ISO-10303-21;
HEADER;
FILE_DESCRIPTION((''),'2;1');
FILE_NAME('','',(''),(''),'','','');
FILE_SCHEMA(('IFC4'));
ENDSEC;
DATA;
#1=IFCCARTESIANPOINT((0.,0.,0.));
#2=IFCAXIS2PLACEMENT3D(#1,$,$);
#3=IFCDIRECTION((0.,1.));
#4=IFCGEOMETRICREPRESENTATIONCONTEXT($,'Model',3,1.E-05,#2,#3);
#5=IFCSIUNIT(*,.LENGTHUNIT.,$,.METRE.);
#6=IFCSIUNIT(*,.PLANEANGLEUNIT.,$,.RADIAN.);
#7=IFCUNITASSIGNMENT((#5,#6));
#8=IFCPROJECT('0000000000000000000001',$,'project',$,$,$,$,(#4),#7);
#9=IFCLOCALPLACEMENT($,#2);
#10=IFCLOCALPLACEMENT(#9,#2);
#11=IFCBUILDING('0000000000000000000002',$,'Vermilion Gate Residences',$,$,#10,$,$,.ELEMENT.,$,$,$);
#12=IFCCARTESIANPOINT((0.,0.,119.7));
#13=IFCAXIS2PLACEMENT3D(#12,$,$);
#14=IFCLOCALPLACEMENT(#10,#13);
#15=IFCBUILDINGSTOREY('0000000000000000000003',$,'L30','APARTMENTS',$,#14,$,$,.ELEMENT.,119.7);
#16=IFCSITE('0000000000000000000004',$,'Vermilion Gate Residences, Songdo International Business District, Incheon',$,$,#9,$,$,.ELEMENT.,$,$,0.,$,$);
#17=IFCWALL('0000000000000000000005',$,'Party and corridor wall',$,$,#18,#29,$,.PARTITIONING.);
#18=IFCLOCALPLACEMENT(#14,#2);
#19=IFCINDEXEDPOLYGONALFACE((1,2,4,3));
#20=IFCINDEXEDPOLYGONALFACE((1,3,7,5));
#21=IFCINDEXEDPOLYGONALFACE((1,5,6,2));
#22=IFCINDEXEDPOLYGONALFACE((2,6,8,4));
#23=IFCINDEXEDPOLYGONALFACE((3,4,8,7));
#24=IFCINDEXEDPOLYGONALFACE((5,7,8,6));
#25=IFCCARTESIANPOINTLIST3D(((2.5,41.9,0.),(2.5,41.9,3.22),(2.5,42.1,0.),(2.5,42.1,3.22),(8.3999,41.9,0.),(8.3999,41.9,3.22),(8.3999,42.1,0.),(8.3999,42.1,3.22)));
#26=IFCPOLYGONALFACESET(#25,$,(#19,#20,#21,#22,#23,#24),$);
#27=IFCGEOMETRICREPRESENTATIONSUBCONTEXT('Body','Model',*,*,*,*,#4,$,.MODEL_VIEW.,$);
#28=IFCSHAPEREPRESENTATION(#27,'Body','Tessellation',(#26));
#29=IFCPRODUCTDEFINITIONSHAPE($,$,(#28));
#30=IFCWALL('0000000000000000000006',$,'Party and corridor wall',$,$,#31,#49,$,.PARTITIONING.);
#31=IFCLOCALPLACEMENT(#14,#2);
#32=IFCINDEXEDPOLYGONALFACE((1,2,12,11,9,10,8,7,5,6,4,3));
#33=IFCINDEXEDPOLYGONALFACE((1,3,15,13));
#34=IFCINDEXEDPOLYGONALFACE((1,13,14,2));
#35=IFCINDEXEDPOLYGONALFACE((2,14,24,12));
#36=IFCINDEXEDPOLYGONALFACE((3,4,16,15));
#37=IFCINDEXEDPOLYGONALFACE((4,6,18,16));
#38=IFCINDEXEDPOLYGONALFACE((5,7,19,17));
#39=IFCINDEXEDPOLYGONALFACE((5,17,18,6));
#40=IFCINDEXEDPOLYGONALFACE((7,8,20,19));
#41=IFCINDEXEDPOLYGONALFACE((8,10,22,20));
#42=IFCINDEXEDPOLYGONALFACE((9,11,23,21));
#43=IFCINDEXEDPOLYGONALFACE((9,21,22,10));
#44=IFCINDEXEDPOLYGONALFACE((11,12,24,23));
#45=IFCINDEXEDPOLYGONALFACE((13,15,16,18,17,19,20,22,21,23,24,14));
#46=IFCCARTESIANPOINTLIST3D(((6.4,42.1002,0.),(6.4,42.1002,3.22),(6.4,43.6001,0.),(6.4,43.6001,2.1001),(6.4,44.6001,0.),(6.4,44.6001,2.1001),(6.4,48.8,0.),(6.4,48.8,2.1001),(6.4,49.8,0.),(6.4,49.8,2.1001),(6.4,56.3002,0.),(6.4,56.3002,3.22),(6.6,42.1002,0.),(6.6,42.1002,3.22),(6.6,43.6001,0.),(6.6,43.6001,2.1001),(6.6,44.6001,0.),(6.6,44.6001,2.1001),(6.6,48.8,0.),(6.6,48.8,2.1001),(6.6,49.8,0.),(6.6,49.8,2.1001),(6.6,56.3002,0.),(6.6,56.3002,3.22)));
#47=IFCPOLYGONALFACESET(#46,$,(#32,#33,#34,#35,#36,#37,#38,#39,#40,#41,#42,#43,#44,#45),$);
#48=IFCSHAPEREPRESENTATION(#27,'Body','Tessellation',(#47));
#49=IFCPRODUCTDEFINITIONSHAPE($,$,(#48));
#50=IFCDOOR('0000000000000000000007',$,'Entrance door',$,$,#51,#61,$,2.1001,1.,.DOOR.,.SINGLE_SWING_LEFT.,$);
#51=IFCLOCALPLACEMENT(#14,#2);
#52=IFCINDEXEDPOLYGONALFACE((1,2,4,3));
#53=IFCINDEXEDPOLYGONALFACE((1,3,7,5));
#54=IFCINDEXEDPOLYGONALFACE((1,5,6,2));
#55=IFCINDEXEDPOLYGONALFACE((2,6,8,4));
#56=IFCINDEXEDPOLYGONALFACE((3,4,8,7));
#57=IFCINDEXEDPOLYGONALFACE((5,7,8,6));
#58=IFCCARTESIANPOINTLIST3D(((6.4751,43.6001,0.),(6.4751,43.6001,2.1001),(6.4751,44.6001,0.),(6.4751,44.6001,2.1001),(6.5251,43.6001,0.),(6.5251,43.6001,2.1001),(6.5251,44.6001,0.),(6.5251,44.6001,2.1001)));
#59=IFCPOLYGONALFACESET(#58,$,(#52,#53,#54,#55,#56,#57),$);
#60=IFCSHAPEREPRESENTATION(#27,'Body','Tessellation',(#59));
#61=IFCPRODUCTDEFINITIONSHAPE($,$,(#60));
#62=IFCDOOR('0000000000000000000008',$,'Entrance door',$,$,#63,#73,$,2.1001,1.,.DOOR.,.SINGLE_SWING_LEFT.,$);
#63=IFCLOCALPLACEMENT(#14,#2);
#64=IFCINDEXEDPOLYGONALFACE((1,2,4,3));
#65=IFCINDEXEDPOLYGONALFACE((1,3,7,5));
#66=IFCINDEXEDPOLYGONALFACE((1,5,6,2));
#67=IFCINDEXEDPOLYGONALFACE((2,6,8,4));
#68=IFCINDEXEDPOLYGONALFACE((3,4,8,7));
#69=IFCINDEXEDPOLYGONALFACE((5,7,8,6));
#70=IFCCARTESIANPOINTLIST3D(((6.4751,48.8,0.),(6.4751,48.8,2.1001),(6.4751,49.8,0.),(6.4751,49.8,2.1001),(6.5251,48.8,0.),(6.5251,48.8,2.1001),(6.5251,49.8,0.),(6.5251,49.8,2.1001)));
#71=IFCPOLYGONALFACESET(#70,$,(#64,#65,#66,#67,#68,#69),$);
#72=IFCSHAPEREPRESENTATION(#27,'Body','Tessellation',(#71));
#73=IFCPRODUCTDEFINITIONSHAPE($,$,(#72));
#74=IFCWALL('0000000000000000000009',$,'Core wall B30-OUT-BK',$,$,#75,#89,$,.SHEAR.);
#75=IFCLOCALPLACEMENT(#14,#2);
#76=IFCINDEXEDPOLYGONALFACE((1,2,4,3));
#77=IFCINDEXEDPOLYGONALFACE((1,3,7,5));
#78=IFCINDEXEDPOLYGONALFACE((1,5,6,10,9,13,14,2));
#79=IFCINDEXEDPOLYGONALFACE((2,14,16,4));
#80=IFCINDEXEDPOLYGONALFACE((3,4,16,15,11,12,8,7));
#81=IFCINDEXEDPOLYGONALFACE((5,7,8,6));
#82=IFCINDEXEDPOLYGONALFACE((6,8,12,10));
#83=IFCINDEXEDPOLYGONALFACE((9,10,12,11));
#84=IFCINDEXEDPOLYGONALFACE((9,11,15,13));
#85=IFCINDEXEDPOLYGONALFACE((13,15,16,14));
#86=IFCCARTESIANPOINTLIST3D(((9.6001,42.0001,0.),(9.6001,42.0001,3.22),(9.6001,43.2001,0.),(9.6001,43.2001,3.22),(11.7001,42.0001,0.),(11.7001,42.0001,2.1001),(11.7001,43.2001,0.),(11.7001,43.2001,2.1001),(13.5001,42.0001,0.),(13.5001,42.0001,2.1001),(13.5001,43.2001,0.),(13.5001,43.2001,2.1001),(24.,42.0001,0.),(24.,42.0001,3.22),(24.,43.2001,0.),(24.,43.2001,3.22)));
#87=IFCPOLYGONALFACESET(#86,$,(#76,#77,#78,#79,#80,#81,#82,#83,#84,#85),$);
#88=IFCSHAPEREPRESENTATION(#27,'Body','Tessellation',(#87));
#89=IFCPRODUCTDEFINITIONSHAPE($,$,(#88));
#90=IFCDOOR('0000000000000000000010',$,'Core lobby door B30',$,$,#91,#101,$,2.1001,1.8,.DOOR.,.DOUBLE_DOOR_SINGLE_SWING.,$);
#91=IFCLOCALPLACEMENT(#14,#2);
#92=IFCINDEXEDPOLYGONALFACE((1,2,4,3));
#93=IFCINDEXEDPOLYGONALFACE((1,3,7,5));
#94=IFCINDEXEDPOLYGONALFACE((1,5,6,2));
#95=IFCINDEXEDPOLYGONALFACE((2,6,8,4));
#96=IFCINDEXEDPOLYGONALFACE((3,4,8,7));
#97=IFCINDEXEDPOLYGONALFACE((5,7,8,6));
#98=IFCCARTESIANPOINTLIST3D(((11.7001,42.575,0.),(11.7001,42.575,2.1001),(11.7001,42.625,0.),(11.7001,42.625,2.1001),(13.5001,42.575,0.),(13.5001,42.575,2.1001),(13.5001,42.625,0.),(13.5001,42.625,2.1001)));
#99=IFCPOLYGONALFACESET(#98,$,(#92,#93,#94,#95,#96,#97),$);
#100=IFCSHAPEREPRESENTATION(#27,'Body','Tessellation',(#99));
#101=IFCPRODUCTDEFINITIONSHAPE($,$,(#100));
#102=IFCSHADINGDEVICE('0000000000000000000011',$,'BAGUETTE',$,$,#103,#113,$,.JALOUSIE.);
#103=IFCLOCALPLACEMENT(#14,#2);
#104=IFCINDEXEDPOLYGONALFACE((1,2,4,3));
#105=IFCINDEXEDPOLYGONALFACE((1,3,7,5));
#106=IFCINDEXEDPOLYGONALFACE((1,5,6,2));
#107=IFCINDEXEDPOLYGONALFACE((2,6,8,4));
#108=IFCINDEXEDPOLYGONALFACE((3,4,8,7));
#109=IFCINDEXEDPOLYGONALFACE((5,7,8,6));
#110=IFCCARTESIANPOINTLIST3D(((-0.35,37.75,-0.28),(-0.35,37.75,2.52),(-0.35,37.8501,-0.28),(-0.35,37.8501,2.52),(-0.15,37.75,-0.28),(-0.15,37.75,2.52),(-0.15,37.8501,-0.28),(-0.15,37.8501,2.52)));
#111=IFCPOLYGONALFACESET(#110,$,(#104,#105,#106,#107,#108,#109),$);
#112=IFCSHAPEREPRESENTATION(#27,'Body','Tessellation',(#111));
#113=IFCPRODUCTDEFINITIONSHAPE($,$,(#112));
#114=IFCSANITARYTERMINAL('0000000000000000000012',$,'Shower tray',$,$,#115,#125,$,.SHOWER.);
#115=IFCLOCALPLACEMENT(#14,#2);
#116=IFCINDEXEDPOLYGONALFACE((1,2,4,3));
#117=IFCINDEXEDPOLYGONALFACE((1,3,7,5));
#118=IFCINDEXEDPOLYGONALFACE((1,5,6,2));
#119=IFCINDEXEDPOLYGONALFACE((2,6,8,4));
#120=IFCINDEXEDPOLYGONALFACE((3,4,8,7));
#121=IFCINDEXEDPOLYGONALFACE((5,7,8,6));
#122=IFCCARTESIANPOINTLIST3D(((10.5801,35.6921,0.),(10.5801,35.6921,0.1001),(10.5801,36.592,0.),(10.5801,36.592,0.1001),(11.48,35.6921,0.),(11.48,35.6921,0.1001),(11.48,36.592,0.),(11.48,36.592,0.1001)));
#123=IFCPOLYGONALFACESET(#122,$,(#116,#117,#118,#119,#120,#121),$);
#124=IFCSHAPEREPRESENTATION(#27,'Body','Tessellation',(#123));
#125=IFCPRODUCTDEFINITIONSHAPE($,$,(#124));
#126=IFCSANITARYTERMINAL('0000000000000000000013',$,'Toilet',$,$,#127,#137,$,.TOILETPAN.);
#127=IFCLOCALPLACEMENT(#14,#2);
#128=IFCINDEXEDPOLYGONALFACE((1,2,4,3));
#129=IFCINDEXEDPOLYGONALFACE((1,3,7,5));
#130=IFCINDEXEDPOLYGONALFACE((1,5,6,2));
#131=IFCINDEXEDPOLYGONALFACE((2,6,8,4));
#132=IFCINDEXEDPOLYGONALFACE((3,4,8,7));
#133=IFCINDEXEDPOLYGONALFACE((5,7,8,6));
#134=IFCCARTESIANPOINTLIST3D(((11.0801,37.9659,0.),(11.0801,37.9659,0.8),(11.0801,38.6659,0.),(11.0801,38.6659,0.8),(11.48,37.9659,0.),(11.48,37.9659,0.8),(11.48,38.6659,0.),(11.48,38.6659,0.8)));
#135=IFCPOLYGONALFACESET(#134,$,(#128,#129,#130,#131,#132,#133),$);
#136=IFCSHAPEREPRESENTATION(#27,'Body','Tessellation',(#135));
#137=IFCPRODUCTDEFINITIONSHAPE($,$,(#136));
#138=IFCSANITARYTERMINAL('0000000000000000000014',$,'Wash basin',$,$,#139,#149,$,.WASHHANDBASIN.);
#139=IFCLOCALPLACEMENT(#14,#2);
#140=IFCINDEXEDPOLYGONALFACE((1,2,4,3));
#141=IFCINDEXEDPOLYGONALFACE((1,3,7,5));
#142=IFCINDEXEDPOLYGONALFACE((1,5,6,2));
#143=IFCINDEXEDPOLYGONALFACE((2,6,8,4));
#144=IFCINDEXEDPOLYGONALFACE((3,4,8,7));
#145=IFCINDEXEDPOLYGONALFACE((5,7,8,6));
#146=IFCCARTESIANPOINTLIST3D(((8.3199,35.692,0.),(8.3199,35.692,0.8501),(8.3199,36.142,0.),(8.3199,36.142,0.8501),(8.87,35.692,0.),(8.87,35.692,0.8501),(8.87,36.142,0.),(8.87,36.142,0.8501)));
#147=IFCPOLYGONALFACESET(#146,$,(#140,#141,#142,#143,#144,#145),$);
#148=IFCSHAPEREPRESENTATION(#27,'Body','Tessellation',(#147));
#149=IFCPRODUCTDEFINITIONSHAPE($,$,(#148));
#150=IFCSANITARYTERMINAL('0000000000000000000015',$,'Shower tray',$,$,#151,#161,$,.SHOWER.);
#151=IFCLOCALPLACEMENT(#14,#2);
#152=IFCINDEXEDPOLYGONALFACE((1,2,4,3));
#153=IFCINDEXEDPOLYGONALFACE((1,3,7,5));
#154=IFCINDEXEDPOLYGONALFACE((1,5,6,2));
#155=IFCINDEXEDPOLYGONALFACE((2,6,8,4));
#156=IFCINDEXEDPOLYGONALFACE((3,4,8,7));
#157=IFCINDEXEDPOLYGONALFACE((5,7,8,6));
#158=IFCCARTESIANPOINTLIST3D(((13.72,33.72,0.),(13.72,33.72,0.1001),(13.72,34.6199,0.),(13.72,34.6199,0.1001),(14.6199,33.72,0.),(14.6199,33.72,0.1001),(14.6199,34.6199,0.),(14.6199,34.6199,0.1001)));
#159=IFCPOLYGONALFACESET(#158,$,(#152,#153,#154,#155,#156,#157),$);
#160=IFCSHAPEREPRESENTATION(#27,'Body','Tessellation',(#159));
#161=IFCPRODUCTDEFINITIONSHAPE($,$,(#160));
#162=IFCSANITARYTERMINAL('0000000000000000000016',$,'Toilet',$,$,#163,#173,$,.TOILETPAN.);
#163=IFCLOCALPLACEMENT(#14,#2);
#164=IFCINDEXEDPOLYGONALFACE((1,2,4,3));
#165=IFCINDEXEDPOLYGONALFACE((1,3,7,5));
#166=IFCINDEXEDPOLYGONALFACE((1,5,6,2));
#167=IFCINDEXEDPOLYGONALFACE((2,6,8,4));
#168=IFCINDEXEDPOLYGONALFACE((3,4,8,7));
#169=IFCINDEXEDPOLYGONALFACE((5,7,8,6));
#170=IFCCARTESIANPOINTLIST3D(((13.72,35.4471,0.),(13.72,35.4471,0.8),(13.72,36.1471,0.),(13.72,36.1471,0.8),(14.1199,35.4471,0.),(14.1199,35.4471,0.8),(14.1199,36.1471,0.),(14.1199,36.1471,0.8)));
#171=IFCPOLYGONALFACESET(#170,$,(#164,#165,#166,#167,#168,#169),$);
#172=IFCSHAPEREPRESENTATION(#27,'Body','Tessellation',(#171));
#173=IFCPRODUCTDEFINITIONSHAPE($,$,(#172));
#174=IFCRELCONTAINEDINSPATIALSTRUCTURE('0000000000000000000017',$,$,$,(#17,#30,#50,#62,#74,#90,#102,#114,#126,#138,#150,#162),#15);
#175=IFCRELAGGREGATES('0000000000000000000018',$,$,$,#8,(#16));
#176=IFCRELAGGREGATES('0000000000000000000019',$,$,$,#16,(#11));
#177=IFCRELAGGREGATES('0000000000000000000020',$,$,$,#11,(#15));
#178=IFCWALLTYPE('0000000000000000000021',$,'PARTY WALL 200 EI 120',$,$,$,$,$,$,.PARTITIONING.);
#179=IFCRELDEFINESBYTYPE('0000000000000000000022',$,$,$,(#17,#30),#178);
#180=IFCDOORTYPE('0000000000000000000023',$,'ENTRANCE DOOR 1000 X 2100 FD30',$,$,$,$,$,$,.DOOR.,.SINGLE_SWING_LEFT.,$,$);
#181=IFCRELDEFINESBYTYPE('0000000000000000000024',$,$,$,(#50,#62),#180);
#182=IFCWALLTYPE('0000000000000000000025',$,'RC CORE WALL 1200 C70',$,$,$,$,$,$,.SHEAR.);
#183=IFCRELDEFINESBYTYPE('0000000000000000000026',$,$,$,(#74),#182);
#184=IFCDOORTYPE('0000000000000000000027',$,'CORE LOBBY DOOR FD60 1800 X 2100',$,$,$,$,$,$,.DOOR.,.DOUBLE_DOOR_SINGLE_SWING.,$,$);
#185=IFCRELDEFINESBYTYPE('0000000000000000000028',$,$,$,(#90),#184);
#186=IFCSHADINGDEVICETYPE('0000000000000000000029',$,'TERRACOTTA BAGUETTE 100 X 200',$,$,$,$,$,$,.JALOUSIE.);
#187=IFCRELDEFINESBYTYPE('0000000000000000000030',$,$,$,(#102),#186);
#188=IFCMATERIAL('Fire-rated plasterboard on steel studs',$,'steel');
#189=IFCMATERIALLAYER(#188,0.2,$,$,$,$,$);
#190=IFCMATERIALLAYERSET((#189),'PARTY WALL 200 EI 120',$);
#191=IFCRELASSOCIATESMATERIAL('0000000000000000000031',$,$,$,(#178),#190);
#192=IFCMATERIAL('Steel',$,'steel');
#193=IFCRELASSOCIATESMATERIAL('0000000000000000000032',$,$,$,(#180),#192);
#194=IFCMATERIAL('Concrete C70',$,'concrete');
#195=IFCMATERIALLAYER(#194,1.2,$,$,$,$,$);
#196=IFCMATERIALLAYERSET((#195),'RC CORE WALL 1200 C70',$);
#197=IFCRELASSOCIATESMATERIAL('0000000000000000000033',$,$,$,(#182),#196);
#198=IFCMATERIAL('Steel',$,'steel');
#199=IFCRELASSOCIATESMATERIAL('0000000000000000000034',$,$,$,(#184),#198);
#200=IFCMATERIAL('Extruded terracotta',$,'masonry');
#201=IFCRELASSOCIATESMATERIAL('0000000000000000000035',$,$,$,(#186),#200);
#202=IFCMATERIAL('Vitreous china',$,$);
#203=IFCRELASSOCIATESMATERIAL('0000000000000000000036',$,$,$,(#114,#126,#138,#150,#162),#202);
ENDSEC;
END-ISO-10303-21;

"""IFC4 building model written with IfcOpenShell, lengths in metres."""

from ifc_helpers import new_model, si_unit, direction, frame, frame_2d, origin, origin_2d, place, context, subcontext, project, spatial, rectangle, extrude, material, layer, layer_set, material_profile, profile_set, type_object, element, fill, save


model = new_model("IFC4")

# Units and contexts
model_context = context("Model", 3, precision=1e-05, world=origin(), true_north=direction((0.0, 1.0)))
body_context = subcontext(model_context, "Body", "Model", "MODEL_VIEW")
ifc_project = project(units=[si_unit("LENGTHUNIT", "METRE"), si_unit("PLANEANGLEUNIT", "RADIAN")], contexts=[model_context])

# Site, building, storey
site_placement = place(None, origin())
site = spatial("IfcSite", under=ifc_project, at=site_placement, Name="Vermilion Gate Residences, Songdo International Business District, Incheon", CompositionType="ELEMENT", RefElevation=0.0)
building_placement = place(site_placement, origin())
building = spatial("IfcBuilding", under=site, at=building_placement, Name="Vermilion Gate Residences", CompositionType="ELEMENT")
storey_placement = place(building_placement, frame((0.0, 0.0, 119.7)))
storey = spatial("IfcBuildingStorey", under=building, at=storey_placement, Name="L30", Description="APARTMENTS", CompositionType="ELEMENT", Elevation=119.7)

# Wall
ifc_material_1 = material(Name="Fire-rated plasterboard on steel studs", Category="steel")
ifc_layer_1 = layer(ifc_material_1, 0.2)
ifc_layer_set_1 = layer_set([ifc_layer_1], Name="PARTY WALL 200 EI 120")
wall_type_1 = type_object("IfcWallType", Name="PARTY WALL 200 EI 120", PredefinedType="PARTITIONING", material=ifc_layer_set_1)
wall_1_placement = place(storey_placement, frame((2.5, 42.0, 0.0), z_axis=(0.0, 0.0, 1.0), x_axis=(1.0, 0.0, 0.0)))
element("IfcWall", 1, at=wall_1_placement, inside=storey, type_object=wall_type_1, Name="Party and corridor wall", PredefinedType="PARTITIONING", context=body_context, shape_type="SweptSolid", body=[
    extrude(rectangle(XDim=5.8999, YDim=0.2, at=frame_2d((2.95, 0.0))), origin(), (0.0, 0.0, 1.0), 3.22),
])

# Wall, openings, doors
wall_2_placement = place(storey_placement, frame((6.5, 42.1001, 0.0), z_axis=(0.0, 0.0, 1.0), x_axis=(0.0, 1.0, 0.0)))
wall_2 = element("IfcWall", 2, at=wall_2_placement, inside=storey, type_object=wall_type_1, Name="Party and corridor wall", PredefinedType="PARTITIONING", context=body_context, shape_type="SweptSolid", body=[
    extrude(rectangle(XDim=14.2, YDim=0.2, at=frame_2d((7.1001, 0.0))), origin(), (0.0, 0.0, 1.0), 3.22),
])
opening_1_placement = place(wall_2_placement, frame((1.5, 0.0, 0.0)))
opening_1 = element("IfcOpeningElement", 3, at=opening_1_placement, cuts=wall_2, PredefinedType="OPENING", context=body_context, shape_type="SweptSolid", body=[
    extrude(rectangle(XDim=1.0, YDim=2.1001, at=frame_2d((0.5, 1.05))), frame((0.0, 0.1099, 0.0), z_axis=(0.0, -1.0, 0.0), x_axis=(1.0, 0.0, 0.0)), (0.0, 0.0, 1.0), 0.22),
])
opening_2_placement = place(wall_2_placement, frame((6.7, 0.0, 0.0)))
opening_2 = element("IfcOpeningElement", 4, at=opening_2_placement, cuts=wall_2, PredefinedType="OPENING", context=body_context, shape_type="SweptSolid", body=[
    extrude(rectangle(XDim=1.0, YDim=2.1001, at=frame_2d((0.5, 1.05))), frame((0.0, 0.1099, 0.0), z_axis=(0.0, -1.0, 0.0), x_axis=(1.0, 0.0, 0.0)), (0.0, 0.0, 1.0), 0.22),
])
ifc_material_2 = material(Name="Steel", Category="steel")
door_type_1 = type_object("IfcDoorType", Name="ENTRANCE DOOR 1000 X 2100 FD30", OperationType="SINGLE_SWING_LEFT", PredefinedType="DOOR", material=ifc_material_2)
door_1_placement = place(opening_1_placement, origin())
door_1 = element("IfcDoor", 5, at=door_1_placement, inside=storey, type_object=door_type_1, Name="Entrance door", OperationType="SINGLE_SWING_LEFT", OverallHeight=2.1001, OverallWidth=1.0, PredefinedType="DOOR", context=body_context, shape_type="SweptSolid", body=[
    extrude(rectangle(XDim=1.0, YDim=2.1001, at=frame_2d((0.5, 1.05))), frame((0.0, 0.0249, 0.0), z_axis=(0.0, -1.0, 0.0), x_axis=(1.0, 0.0, 0.0)), (0.0, 0.0, 1.0), 0.05),
])
fill(opening_1, door_1)
door_2_placement = place(opening_2_placement, origin())
door_2 = element("IfcDoor", 6, at=door_2_placement, inside=storey, type_object=door_type_1, Name="Entrance door", OperationType="SINGLE_SWING_LEFT", OverallHeight=2.1001, OverallWidth=1.0, PredefinedType="DOOR", context=body_context, shape_type="SweptSolid", body=[
    extrude(rectangle(XDim=1.0, YDim=2.1001, at=frame_2d((0.5, 1.05))), frame((0.0, 0.0249, 0.0), z_axis=(0.0, -1.0, 0.0), x_axis=(1.0, 0.0, 0.0)), (0.0, 0.0, 1.0), 0.05),
])
fill(opening_2, door_2)

# Wall, opening, door
ifc_material_3 = material(Name="Concrete C70", Category="concrete")
ifc_layer_2 = layer(ifc_material_3, 1.2)
ifc_layer_set_2 = layer_set([ifc_layer_2], Name="RC CORE WALL 1200 C70")
wall_type_2 = type_object("IfcWallType", Name="RC CORE WALL 1200 C70", PredefinedType="SHEAR", material=ifc_layer_set_2)
wall_3_placement = place(storey_placement, frame((9.6001, 42.6001, 0.0), z_axis=(0.0, 0.0, 1.0), x_axis=(1.0, 0.0, 0.0)))
wall_3 = element("IfcWall", 7, at=wall_3_placement, inside=storey, type_object=wall_type_2, Name="Core wall B30-OUT-BK", PredefinedType="SHEAR", context=body_context, shape_type="SweptSolid", body=[
    extrude(rectangle(XDim=14.3999, YDim=1.2, at=frame_2d((7.2, 0.0))), origin(), (0.0, 0.0, 1.0), 3.22),
])
opening_3_placement = place(wall_3_placement, frame((2.1001, 0.0, 0.0)))
opening_3 = element("IfcOpeningElement", 8, at=opening_3_placement, cuts=wall_3, PredefinedType="OPENING", context=body_context, shape_type="SweptSolid", body=[
    extrude(rectangle(XDim=1.8, YDim=2.1001, at=frame_2d((0.8999, 1.05))), frame((0.0, 0.6099, 0.0), z_axis=(0.0, -1.0, 0.0), x_axis=(1.0, 0.0, 0.0)), (0.0, 0.0, 1.0), 1.22),
])
ifc_material_4 = material(Name="Steel", Category="steel")
door_type_2 = type_object("IfcDoorType", Name="CORE LOBBY DOOR FD60 1800 X 2100", OperationType="DOUBLE_DOOR_SINGLE_SWING", PredefinedType="DOOR", material=ifc_material_4)
door_3_placement = place(opening_3_placement, origin())
door_3 = element("IfcDoor", 9, at=door_3_placement, inside=storey, type_object=door_type_2, Name="Core lobby door B30", OperationType="DOUBLE_DOOR_SINGLE_SWING", OverallHeight=2.1001, OverallWidth=1.8, PredefinedType="DOOR", context=body_context, shape_type="SweptSolid", body=[
    extrude(rectangle(XDim=1.8, YDim=2.1001, at=frame_2d((0.8999, 1.05))), frame((0.0, 0.0249, 0.0), z_axis=(0.0, -1.0, 0.0), x_axis=(1.0, 0.0, 0.0)), (0.0, 0.0, 1.0), 0.05),
])
fill(opening_3, door_3)

# Shading device
ifc_material_5 = material(Name="Extruded terracotta", Category="masonry")
ifc_material_profile_1 = material_profile(ifc_material_5, rectangle(XDim=0.2, YDim=0.1001, at=origin_2d()), Name="BAGUETTE 100 X 200")
ifc_profile_set_1 = profile_set([ifc_material_profile_1], Name="Extruded terracotta")
shading_device_type = type_object("IfcShadingDeviceType", Name="TERRACOTTA BAGUETTE 100 X 200", PredefinedType="JALOUSIE", material=ifc_profile_set_1)
shading_device_placement = place(storey_placement, frame((-0.25, 37.8, -0.28), z_axis=(0.0, 0.0, 1.0), x_axis=(1.0, 0.0, 0.0)))
element("IfcShadingDevice", 10, at=shading_device_placement, inside=storey, type_object=shading_device_type, Name="BAGUETTE", PredefinedType="JALOUSIE", context=body_context, shape_type="SweptSolid", body=[
    extrude(rectangle(XDim=0.2, YDim=0.1001, at=origin_2d()), origin(), (0.0, 0.0, 1.0), 2.8),
])

# Sanitary terminals
ifc_material_6 = material(Name="Vitreous china")
sanitary_terminal_1_placement = place(storey_placement, frame((11.03, 36.1421, 0.0), z_axis=(0.0, 0.0, 1.0), x_axis=(1.0, 0.0, 0.0)))
element("IfcSanitaryTerminal", 11, at=sanitary_terminal_1_placement, inside=storey, material=ifc_material_6, Name="Shower tray", PredefinedType="SHOWER", context=body_context, shape_type="SweptSolid", body=[
    extrude(rectangle(XDim=0.8999, YDim=0.8999, at=origin_2d()), origin(), (0.0, 0.0, 1.0), 0.1001),
])
sanitary_terminal_2_placement = place(storey_placement, frame((11.28, 38.3159, 0.0), z_axis=(0.0, 0.0, 1.0), x_axis=(1.0, 0.0, 0.0)))
element("IfcSanitaryTerminal", 12, at=sanitary_terminal_2_placement, inside=storey, material=ifc_material_6, Name="Toilet", PredefinedType="TOILETPAN", context=body_context, shape_type="SweptSolid", body=[
    extrude(rectangle(XDim=0.3999, YDim=0.7, at=origin_2d()), origin(), (0.0, 0.0, 1.0), 0.8),
])
sanitary_terminal_3_placement = place(storey_placement, frame((8.595, 35.917, 0.0), z_axis=(0.0, 0.0, 1.0), x_axis=(1.0, 0.0, 0.0)))
element("IfcSanitaryTerminal", 13, at=sanitary_terminal_3_placement, inside=storey, material=ifc_material_6, Name="Wash basin", PredefinedType="WASHHANDBASIN", context=body_context, shape_type="SweptSolid", body=[
    extrude(rectangle(XDim=0.55, YDim=0.45, at=origin_2d()), origin(), (0.0, 0.0, 1.0), 0.8501),
])
sanitary_terminal_4_placement = place(storey_placement, frame((14.1699, 34.1699, 0.0), z_axis=(0.0, 0.0, 1.0), x_axis=(1.0, 0.0, 0.0)))
element("IfcSanitaryTerminal", 14, at=sanitary_terminal_4_placement, inside=storey, material=ifc_material_6, Name="Shower tray", PredefinedType="SHOWER", context=body_context, shape_type="SweptSolid", body=[
    extrude(rectangle(XDim=0.8999, YDim=0.8999, at=origin_2d()), origin(), (0.0, 0.0, 1.0), 0.1001),
])
sanitary_terminal_5_placement = place(storey_placement, frame((13.9199, 35.7971, 0.0), z_axis=(0.0, 0.0, 1.0), x_axis=(1.0, 0.0, 0.0)))
element("IfcSanitaryTerminal", 15, at=sanitary_terminal_5_placement, inside=storey, material=ifc_material_6, Name="Toilet", PredefinedType="TOILETPAN", context=body_context, shape_type="SweptSolid", body=[
    extrude(rectangle(XDim=0.3999, YDim=0.7, at=origin_2d()), origin(), (0.0, 0.0, 1.0), 0.8),
])

save(model, "model.ifc")
